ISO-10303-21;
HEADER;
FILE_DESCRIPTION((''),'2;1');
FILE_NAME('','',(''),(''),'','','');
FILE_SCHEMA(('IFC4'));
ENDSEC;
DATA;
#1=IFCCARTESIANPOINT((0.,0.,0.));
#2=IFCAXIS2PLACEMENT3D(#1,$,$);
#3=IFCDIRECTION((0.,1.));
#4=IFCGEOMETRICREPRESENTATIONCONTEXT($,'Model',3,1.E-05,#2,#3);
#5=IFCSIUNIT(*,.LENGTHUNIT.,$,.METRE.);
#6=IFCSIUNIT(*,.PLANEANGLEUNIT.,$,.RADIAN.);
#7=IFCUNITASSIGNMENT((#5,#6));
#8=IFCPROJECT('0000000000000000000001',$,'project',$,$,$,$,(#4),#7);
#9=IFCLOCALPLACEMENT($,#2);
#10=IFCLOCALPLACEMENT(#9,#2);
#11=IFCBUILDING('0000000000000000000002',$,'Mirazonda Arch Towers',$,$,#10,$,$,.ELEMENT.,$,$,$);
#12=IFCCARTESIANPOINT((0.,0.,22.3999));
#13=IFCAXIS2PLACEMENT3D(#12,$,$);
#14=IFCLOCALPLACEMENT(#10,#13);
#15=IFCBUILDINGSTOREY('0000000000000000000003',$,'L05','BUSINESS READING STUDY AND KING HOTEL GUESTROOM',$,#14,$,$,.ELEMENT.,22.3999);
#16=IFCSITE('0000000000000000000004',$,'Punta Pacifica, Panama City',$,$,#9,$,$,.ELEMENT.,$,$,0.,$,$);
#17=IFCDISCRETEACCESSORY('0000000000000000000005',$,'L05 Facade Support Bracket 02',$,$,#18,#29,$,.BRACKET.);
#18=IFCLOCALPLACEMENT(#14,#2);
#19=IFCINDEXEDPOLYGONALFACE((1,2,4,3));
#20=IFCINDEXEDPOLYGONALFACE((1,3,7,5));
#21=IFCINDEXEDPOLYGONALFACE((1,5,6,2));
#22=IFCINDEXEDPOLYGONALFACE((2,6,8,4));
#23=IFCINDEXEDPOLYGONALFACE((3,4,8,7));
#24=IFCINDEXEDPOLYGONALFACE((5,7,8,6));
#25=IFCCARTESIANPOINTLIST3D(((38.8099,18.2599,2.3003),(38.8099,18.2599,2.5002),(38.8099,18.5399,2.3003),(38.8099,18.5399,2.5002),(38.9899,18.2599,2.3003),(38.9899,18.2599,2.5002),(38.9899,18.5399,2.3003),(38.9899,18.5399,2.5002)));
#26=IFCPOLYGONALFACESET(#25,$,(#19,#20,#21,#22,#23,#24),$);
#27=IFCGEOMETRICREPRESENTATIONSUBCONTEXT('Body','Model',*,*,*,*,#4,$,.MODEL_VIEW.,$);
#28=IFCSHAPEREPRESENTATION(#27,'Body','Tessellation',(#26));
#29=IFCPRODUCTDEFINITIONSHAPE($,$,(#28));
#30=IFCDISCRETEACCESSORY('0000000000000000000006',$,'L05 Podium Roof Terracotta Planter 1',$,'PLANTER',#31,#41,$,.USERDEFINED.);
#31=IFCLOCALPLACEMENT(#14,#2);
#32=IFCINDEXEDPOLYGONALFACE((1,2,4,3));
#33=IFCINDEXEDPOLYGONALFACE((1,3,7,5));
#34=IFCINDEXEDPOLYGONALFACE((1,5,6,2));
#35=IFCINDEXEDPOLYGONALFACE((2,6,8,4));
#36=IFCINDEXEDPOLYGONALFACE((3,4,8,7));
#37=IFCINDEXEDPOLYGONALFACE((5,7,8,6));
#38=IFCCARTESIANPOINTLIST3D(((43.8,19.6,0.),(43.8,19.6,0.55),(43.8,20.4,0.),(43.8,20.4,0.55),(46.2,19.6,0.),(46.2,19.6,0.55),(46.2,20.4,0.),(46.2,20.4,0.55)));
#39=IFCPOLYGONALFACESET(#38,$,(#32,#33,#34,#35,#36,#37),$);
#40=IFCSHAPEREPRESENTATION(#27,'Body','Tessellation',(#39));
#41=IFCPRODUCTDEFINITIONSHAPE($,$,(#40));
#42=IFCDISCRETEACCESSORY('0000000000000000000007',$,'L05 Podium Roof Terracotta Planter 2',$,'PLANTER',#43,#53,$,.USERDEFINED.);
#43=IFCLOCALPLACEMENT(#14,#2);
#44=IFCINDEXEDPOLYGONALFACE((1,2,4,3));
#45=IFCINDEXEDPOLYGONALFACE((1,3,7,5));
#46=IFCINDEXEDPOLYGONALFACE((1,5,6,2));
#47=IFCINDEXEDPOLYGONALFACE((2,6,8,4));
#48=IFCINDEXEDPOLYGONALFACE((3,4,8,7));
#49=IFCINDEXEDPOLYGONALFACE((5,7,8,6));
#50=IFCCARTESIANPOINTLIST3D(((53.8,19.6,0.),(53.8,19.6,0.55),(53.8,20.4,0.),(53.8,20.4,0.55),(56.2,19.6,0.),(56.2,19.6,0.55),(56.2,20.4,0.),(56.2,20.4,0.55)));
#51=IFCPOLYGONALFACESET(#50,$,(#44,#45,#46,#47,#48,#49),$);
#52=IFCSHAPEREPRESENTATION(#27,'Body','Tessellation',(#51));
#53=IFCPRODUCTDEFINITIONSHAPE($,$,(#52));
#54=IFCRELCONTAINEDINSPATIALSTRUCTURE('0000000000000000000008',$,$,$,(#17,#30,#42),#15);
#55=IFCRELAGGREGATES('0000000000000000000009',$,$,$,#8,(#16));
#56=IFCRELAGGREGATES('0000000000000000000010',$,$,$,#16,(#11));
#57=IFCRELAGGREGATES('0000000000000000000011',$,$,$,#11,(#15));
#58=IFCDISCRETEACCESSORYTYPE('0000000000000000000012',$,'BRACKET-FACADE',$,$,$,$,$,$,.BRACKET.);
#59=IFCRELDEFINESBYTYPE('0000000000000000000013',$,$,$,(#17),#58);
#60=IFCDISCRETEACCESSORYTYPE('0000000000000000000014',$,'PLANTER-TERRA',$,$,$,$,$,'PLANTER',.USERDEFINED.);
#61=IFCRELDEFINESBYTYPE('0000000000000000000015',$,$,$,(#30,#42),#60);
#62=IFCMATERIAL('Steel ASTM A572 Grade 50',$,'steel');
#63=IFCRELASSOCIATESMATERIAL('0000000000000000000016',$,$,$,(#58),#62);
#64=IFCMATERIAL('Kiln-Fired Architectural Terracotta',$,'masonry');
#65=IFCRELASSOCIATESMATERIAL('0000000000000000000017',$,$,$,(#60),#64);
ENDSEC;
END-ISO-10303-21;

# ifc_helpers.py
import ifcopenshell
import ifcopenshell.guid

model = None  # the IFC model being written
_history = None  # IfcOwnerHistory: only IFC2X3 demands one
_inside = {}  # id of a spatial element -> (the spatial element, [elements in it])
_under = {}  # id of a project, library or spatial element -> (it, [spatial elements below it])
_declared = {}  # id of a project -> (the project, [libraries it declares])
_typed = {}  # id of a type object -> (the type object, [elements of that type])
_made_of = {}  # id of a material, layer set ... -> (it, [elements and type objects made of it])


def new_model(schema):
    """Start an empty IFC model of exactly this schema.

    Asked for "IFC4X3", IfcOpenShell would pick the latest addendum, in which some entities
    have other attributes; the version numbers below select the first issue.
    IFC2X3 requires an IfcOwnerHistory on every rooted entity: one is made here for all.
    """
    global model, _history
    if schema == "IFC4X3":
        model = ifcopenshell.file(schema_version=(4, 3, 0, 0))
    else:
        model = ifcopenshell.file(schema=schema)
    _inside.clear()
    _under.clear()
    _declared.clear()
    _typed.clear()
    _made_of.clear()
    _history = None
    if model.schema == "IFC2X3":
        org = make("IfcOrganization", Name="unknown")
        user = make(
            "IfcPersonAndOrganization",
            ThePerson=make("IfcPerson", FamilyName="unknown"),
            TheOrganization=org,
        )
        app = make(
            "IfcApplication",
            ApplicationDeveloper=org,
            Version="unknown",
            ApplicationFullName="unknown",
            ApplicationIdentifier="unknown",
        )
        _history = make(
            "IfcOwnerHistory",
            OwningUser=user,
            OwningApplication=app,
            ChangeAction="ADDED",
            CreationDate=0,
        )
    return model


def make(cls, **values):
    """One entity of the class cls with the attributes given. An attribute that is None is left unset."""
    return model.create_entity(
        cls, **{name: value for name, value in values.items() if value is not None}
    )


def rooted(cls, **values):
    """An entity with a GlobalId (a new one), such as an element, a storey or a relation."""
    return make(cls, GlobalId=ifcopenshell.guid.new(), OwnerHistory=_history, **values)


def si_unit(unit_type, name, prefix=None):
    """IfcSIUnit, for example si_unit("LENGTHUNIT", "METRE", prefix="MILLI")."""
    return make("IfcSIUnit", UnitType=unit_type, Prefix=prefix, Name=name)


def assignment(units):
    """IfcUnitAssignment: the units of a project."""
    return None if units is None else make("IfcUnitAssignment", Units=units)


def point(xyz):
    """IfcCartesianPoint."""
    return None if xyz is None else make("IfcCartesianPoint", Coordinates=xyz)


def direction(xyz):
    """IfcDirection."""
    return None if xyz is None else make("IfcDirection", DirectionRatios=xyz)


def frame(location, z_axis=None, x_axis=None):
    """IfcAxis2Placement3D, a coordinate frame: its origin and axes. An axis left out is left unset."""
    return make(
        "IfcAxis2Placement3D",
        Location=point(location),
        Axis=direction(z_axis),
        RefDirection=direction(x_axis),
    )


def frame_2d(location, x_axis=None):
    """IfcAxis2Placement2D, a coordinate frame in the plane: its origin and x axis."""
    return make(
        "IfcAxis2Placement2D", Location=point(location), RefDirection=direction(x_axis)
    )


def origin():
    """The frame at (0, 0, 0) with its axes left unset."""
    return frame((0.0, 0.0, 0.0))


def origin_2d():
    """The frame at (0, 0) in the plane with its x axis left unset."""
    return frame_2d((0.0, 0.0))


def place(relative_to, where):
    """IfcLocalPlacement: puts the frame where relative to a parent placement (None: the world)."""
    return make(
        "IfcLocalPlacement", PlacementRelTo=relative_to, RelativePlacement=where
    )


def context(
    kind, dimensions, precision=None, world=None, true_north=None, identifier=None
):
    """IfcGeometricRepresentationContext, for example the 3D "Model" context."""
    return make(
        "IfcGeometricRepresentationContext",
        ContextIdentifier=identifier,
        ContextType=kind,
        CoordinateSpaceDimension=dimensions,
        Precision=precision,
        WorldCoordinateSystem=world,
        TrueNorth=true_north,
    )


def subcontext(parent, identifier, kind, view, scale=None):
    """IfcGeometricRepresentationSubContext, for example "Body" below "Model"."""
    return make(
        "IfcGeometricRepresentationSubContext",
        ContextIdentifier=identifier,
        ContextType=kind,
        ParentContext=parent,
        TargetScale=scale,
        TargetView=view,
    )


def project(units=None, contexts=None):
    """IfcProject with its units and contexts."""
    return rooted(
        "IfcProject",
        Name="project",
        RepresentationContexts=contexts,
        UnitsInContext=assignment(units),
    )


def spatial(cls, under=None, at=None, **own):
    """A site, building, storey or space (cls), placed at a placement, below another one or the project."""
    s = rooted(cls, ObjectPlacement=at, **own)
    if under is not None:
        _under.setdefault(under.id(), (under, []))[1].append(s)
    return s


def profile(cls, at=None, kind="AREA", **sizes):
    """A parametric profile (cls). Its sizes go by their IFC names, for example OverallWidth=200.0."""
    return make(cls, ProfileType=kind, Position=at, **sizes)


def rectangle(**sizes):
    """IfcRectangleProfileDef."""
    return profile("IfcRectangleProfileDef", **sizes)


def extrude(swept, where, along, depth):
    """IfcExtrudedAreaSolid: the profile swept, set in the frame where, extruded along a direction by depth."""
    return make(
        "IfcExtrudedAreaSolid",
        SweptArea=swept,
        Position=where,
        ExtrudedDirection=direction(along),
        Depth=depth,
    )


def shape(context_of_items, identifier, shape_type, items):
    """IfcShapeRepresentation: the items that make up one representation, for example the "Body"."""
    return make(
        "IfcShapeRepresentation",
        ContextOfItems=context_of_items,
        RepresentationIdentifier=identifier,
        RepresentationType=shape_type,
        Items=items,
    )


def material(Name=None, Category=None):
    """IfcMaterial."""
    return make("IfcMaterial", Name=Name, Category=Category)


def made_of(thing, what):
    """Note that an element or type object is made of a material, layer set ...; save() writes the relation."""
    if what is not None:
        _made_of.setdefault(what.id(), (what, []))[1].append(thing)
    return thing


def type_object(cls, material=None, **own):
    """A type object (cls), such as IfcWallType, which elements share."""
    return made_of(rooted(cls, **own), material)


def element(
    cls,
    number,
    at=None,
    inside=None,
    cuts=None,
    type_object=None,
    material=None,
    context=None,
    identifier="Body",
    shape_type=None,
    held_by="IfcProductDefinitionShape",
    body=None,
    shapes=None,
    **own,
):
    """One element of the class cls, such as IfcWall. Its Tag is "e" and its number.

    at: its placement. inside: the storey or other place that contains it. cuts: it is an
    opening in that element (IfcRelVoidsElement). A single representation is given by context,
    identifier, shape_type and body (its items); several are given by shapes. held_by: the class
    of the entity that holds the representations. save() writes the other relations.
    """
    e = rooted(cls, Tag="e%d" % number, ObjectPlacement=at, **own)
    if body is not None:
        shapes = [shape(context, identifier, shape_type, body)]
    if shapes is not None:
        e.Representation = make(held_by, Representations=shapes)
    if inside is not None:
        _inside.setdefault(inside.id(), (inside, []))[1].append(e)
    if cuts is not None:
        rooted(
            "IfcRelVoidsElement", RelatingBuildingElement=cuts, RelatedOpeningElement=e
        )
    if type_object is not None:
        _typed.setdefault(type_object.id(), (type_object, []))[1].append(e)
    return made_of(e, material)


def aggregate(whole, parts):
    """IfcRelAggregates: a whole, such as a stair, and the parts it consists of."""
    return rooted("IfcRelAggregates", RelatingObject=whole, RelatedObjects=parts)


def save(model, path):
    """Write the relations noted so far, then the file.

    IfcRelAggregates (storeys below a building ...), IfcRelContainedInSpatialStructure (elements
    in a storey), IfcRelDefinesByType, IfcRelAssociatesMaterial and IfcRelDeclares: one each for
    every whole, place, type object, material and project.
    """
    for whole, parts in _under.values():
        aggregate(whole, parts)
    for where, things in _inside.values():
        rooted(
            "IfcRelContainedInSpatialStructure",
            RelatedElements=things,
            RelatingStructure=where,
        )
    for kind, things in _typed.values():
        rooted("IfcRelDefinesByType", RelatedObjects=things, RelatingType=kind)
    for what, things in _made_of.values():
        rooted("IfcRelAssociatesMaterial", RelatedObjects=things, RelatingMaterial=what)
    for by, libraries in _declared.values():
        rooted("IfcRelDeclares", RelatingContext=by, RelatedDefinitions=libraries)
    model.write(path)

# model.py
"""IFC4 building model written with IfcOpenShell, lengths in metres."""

from ifc_helpers import new_model, si_unit, direction, frame, origin, origin_2d, place, context, subcontext, project, spatial, rectangle, extrude, material, type_object, element, save


model = new_model("IFC4")

# Units and contexts
model_context = context("Model", 3, precision=1e-05, world=origin(), true_north=direction((0.0, 1.0)))
body_context = subcontext(model_context, "Body", "Model", "MODEL_VIEW")
ifc_project = project(units=[si_unit("LENGTHUNIT", "METRE"), si_unit("PLANEANGLEUNIT", "RADIAN")], contexts=[model_context])

# Site, building, storey
site_placement = place(None, origin())
site = spatial("IfcSite", under=ifc_project, at=site_placement, Name="Punta Pacifica, Panama City", CompositionType="ELEMENT", RefElevation=0.0)
building_placement = place(site_placement, origin())
building = spatial("IfcBuilding", under=site, at=building_placement, Name="Mirazonda Arch Towers", CompositionType="ELEMENT")
storey_placement = place(building_placement, frame((0.0, 0.0, 22.3999)))
storey = spatial("IfcBuildingStorey", under=building, at=storey_placement, Name="L05", Description="BUSINESS READING STUDY AND KING HOTEL GUESTROOM", CompositionType="ELEMENT", Elevation=22.3999)

# Shared definitions
ifc_material_1 = material(Name="Steel ASTM A572 Grade 50", Category="steel")

# Shared definitions
ifc_material_2 = material(Name="Kiln-Fired Architectural Terracotta", Category="masonry")

# Discrete accessories
discrete_accessory_type_1 = type_object("IfcDiscreteAccessoryType", Name="BRACKET-FACADE", PredefinedType="BRACKET", material=ifc_material_1)
discrete_accessory_placement = place(storey_placement, frame((38.8999, 18.3999, 2.3003), z_axis=(0.0, 0.0, 1.0), x_axis=(1.0, 0.0, 0.0)))
element("IfcDiscreteAccessory", 1, at=discrete_accessory_placement, inside=storey, type_object=discrete_accessory_type_1, Name="L05 Facade Support Bracket 02", PredefinedType="BRACKET", context=body_context, shape_type="SweptSolid", body=[
    extrude(rectangle(XDim=0.1799, YDim=0.28, at=origin_2d()), origin(), (0.0, 0.0, 1.0), 0.2),
])
discrete_accessory_type_2 = type_object("IfcDiscreteAccessoryType", Name="PLANTER-TERRA", ElementType="PLANTER", PredefinedType="USERDEFINED", material=ifc_material_2)
for number, where, z_axis, x_axis, name in (
    (2, (45.0, 20.0, 0.0), (0.0, 0.0, 1.0), (1.0, 0.0, 0.0), "L05 Podium Roof Terracotta Planter 1"),
    (3, (55.0, 20.0, 0.0), (0.0, 0.0, 1.0), (1.0, 0.0, 0.0), "L05 Podium Roof Terracotta Planter 2"),
):
    element("IfcDiscreteAccessory", number, at=place(storey_placement, frame(where, z_axis=z_axis, x_axis=x_axis)), inside=storey, type_object=discrete_accessory_type_2, Name=name, ObjectType="PLANTER", PredefinedType="USERDEFINED", context=body_context, shape_type="SweptSolid", body=[
        extrude(rectangle(XDim=2.3999, YDim=0.8, at=origin_2d()), origin(), (0.0, 0.0, 1.0), 0.55),
    ])

save(model, "model.ifc")
